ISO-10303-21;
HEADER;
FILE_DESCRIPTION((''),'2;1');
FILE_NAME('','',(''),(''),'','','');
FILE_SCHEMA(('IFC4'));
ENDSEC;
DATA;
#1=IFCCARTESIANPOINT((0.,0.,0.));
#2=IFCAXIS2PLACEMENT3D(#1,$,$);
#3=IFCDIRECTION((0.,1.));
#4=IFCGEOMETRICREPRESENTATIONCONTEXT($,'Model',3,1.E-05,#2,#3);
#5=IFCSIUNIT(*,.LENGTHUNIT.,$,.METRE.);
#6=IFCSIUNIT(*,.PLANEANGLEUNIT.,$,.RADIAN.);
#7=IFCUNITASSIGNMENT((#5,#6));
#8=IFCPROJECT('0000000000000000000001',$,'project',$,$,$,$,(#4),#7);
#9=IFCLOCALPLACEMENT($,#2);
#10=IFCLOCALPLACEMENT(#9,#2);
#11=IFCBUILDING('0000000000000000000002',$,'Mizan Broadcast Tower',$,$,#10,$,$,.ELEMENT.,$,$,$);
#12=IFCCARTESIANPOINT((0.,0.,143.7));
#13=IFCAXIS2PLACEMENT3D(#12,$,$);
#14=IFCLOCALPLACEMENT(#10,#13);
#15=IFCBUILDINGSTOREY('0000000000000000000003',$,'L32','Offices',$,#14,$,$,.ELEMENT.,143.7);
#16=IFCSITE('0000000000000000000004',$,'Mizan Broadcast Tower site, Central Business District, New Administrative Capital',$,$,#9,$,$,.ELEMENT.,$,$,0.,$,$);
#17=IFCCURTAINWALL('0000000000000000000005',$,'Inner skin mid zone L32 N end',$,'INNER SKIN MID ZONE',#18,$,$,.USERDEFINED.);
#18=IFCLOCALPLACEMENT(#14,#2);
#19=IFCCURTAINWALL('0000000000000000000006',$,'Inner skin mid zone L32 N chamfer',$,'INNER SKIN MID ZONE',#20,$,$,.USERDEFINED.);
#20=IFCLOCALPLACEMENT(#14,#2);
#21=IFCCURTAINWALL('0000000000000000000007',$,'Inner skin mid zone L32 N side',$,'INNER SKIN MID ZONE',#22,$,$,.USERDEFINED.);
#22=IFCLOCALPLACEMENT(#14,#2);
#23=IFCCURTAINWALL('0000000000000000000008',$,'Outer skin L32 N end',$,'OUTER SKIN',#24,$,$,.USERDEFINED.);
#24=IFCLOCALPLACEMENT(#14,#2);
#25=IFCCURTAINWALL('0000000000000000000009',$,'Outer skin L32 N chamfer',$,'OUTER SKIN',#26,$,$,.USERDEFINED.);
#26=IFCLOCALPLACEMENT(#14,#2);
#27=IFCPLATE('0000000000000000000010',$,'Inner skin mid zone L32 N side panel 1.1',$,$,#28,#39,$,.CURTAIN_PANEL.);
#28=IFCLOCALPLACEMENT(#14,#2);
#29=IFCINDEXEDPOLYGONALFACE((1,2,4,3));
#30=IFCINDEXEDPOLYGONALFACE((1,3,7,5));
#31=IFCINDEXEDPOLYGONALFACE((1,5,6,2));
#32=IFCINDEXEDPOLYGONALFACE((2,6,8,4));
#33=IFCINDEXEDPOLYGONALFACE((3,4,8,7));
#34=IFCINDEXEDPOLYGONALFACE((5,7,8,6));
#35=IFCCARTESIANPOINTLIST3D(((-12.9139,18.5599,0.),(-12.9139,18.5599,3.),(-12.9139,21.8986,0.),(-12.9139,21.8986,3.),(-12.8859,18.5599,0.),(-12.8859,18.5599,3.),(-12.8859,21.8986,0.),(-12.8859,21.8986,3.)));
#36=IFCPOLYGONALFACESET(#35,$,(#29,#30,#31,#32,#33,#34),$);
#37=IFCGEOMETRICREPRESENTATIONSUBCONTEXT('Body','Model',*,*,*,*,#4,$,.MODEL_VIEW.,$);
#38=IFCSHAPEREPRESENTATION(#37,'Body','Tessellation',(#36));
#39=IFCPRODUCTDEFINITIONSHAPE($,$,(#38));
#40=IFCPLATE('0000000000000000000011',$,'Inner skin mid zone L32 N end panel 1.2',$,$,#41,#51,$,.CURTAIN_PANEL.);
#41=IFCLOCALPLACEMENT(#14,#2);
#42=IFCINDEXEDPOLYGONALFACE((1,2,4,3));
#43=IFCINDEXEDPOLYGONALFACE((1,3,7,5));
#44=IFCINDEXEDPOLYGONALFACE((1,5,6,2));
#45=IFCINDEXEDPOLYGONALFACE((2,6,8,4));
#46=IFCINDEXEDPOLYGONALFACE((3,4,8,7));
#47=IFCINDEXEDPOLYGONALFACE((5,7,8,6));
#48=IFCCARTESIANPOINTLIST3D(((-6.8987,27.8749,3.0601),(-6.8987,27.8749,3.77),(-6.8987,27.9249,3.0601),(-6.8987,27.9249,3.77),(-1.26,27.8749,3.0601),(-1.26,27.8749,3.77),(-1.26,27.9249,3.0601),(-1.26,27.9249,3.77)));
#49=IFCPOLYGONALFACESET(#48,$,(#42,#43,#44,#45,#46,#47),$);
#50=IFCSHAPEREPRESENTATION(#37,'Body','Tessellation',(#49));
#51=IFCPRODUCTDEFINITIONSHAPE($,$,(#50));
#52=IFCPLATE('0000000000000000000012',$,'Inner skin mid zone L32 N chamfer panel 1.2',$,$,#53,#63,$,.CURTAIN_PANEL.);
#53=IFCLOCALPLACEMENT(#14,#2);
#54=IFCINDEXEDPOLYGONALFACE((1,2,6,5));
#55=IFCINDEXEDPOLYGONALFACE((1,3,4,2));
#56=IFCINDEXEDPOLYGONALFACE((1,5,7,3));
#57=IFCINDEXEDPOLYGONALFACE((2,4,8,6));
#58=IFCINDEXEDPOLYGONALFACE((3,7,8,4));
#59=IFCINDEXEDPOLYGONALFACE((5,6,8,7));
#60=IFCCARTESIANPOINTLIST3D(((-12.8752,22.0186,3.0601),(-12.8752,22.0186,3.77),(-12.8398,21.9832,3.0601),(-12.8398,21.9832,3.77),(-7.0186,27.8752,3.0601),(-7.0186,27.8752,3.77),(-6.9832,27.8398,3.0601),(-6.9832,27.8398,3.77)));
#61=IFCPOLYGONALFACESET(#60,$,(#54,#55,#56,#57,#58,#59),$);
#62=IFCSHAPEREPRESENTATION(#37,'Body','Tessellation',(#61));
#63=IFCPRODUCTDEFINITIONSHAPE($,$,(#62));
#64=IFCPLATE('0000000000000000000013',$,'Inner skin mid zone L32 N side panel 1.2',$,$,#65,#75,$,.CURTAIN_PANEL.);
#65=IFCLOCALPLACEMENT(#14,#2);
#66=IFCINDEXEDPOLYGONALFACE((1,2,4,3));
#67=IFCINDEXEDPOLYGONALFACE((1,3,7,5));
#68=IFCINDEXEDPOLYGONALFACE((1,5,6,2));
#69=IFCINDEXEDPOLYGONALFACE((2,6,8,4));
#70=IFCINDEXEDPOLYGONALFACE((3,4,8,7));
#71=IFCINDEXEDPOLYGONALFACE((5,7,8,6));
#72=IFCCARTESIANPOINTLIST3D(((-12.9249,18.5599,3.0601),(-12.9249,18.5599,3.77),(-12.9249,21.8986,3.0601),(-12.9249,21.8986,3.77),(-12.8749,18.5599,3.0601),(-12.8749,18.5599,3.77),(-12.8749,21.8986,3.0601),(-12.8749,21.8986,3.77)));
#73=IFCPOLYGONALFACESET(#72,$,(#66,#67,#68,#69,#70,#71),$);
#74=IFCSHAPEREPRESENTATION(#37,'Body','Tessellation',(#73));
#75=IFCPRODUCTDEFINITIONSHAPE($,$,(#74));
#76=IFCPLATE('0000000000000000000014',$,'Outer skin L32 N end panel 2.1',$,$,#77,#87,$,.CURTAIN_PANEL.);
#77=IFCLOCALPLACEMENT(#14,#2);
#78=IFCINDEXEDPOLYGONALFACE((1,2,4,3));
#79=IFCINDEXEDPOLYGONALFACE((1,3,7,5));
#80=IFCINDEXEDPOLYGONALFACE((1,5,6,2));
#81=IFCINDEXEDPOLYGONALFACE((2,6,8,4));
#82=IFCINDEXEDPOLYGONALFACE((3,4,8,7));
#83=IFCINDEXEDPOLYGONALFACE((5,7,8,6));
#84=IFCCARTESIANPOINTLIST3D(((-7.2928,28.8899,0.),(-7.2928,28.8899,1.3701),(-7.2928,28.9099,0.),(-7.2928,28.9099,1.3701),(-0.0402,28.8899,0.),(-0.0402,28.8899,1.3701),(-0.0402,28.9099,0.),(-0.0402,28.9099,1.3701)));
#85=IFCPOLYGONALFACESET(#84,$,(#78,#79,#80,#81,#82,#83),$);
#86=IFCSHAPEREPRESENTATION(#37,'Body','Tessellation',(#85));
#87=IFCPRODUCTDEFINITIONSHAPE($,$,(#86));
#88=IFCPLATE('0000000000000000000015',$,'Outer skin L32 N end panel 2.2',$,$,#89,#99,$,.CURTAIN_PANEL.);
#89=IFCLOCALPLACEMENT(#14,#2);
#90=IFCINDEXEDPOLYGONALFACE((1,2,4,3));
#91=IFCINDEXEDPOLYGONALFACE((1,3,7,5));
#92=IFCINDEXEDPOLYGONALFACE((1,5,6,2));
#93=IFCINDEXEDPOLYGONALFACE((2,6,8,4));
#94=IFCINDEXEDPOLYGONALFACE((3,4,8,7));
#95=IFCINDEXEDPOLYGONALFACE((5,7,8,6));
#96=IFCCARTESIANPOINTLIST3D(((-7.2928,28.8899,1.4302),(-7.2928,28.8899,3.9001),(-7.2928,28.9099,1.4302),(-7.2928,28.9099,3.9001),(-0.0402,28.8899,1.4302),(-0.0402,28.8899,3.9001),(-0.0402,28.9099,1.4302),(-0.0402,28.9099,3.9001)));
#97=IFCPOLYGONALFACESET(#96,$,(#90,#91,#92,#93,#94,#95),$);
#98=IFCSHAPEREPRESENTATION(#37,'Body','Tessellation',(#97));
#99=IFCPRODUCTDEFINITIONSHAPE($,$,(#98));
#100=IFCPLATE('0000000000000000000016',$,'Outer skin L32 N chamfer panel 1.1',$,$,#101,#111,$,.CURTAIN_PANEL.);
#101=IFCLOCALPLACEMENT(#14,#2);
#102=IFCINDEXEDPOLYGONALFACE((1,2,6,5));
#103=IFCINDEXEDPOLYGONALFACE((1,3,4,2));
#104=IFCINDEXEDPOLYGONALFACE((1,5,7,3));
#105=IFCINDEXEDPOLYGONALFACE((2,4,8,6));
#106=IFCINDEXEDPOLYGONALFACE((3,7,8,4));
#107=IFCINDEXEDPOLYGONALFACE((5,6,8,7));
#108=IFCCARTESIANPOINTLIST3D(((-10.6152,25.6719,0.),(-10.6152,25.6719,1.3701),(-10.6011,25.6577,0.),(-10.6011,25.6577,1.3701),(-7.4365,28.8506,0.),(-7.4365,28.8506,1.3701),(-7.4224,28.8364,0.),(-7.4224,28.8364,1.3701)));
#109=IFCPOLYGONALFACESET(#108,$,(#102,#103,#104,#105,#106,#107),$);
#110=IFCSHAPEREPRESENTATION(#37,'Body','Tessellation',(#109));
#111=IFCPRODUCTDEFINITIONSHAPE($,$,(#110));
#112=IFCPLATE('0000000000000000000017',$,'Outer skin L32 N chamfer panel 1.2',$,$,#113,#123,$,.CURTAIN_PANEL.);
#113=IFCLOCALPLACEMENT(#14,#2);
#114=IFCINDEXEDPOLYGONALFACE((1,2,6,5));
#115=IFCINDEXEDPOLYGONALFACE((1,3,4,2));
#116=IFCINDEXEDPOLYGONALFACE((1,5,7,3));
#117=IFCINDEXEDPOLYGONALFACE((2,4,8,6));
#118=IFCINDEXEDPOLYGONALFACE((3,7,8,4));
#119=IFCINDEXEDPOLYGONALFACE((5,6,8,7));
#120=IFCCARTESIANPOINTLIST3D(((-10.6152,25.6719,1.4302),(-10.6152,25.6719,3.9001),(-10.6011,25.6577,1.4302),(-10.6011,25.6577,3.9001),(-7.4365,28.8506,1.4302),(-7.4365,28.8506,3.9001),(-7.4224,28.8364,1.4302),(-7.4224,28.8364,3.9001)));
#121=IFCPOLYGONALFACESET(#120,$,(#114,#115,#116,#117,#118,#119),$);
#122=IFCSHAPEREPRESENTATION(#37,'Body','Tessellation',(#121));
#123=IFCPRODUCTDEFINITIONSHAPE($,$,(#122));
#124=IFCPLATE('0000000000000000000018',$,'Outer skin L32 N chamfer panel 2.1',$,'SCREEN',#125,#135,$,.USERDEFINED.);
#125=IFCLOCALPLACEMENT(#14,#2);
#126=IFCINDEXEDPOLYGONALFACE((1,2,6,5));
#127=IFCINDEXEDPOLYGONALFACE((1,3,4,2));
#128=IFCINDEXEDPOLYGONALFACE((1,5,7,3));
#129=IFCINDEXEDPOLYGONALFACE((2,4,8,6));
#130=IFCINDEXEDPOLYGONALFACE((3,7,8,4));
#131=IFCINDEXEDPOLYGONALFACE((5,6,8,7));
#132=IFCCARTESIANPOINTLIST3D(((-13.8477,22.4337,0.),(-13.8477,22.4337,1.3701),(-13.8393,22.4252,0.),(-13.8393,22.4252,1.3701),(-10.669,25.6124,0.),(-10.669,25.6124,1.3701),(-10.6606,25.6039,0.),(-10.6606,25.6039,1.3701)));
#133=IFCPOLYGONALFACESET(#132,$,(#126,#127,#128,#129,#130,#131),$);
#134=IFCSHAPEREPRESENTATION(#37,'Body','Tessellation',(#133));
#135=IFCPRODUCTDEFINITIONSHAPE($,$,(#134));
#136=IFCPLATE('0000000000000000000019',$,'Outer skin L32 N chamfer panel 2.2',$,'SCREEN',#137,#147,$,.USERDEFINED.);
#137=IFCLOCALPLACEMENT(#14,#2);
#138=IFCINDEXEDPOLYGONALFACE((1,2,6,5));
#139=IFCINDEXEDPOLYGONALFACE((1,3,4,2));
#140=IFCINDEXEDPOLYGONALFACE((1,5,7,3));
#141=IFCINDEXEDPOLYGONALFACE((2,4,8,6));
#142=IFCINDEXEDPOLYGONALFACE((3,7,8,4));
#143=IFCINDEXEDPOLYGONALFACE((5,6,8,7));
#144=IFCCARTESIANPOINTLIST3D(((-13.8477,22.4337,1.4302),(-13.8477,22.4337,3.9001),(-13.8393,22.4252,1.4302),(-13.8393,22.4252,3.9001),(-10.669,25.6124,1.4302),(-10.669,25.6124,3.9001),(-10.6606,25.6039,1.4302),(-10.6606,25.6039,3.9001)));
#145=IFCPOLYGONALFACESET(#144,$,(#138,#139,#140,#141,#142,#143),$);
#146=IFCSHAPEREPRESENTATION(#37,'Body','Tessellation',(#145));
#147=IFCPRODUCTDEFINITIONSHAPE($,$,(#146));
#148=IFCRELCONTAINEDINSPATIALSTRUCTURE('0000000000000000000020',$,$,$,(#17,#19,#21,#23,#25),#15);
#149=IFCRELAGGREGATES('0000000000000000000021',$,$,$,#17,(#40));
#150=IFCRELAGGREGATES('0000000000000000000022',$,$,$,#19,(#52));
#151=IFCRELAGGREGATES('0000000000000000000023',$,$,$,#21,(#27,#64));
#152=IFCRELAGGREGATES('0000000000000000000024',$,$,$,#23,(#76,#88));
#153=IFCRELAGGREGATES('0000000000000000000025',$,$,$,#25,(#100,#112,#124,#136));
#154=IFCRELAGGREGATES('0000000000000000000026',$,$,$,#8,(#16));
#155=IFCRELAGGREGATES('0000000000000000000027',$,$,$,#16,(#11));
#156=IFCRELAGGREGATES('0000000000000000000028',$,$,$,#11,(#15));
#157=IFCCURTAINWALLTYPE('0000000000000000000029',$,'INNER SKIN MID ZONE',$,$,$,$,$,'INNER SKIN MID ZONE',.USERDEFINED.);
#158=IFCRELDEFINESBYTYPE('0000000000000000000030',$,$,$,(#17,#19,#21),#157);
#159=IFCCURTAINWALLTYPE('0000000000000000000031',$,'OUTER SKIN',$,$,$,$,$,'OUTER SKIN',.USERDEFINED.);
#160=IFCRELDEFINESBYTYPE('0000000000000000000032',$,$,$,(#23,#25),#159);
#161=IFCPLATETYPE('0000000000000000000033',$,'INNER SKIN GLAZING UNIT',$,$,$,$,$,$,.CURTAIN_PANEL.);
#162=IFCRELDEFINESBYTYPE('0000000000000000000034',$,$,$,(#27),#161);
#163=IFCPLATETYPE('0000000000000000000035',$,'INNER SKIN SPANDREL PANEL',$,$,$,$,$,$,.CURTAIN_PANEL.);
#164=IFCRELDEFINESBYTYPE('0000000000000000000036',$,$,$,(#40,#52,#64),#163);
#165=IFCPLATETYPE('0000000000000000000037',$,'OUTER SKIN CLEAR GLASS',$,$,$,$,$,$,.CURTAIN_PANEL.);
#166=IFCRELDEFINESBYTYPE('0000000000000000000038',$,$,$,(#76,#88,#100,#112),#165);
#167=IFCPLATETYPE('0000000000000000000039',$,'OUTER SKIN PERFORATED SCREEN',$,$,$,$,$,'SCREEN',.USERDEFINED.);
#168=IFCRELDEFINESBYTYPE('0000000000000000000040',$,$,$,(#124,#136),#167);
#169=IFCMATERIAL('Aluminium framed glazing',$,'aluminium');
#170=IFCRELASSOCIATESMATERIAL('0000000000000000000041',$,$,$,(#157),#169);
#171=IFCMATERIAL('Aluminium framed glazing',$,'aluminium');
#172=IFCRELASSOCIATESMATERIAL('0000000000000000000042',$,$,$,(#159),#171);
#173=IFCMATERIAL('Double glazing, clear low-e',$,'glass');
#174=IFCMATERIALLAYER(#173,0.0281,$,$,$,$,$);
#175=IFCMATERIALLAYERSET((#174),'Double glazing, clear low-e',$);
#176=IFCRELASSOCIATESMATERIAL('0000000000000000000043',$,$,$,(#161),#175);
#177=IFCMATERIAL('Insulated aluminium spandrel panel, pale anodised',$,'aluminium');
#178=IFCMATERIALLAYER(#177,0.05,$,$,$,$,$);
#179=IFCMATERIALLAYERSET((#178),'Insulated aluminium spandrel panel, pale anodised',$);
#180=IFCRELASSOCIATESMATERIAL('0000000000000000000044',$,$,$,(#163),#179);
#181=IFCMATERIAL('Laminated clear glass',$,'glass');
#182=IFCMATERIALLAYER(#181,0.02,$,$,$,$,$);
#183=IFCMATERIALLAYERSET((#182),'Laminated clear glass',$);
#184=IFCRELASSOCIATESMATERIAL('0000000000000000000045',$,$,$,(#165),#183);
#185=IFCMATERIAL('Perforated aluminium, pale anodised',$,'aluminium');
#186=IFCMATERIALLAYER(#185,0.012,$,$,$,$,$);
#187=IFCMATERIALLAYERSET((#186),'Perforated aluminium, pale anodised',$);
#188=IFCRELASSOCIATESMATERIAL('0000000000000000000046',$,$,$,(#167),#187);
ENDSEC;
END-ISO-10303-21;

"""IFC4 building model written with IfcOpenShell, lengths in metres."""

from ifc_helpers import new_model, si_unit, direction, frame, origin, origin_2d, place, context, subcontext, project, spatial, rectangle, extrude, material, layer, layer_set, type_object, element, aggregate, save


model = new_model("IFC4")

# Units and contexts
model_context = context("Model", 3, precision=1e-05, world=origin(), true_north=direction((0.0, 1.0)))
body_context = subcontext(model_context, "Body", "Model", "MODEL_VIEW")
ifc_project = project(units=[si_unit("LENGTHUNIT", "METRE"), si_unit("PLANEANGLEUNIT", "RADIAN")], contexts=[model_context])

# Site, building, storey
site_placement = place(None, origin())
site = spatial("IfcSite", under=ifc_project, at=site_placement, Name="Mizan Broadcast Tower site, Central Business District, New Administrative Capital", CompositionType="ELEMENT", RefElevation=0.0)
building_placement = place(site_placement, origin())
building = spatial("IfcBuilding", under=site, at=building_placement, Name="Mizan Broadcast Tower", CompositionType="ELEMENT")
storey_placement = place(building_placement, frame((0.0, 0.0, 143.7)))
storey = spatial("IfcBuildingStorey", under=building, at=storey_placement, Name="L32", Description="Offices", CompositionType="ELEMENT", Elevation=143.7)

# Curtain wall
ifc_material_1 = material(Name="Aluminium framed glazing", Category="aluminium")
curtain_wall_type_1 = type_object("IfcCurtainWallType", Name="INNER SKIN MID ZONE", ElementType="INNER SKIN MID ZONE", PredefinedType="USERDEFINED", material=ifc_material_1)
curtain_wall_1_placement = place(storey_placement, origin())
curtain_wall_1 = element("IfcCurtainWall", 1, at=curtain_wall_1_placement, inside=storey, type_object=curtain_wall_type_1, Name="Inner skin mid zone L32 N end", ObjectType="INNER SKIN MID ZONE", PredefinedType="USERDEFINED")

# Curtain wall
curtain_wall_2_placement = place(storey_placement, origin())
curtain_wall_2 = element("IfcCurtainWall", 2, at=curtain_wall_2_placement, inside=storey, type_object=curtain_wall_type_1, Name="Inner skin mid zone L32 N chamfer", ObjectType="INNER SKIN MID ZONE", PredefinedType="USERDEFINED")

# Curtain walls
curtain_wall_3_placement = place(storey_placement, origin())
curtain_wall_3 = element("IfcCurtainWall", 3, at=curtain_wall_3_placement, inside=storey, type_object=curtain_wall_type_1, Name="Inner skin mid zone L32 N side", ObjectType="INNER SKIN MID ZONE", PredefinedType="USERDEFINED")
ifc_material_2 = material(Name="Aluminium framed glazing", Category="aluminium")
curtain_wall_type_2 = type_object("IfcCurtainWallType", Name="OUTER SKIN", ElementType="OUTER SKIN", PredefinedType="USERDEFINED", material=ifc_material_2)
curtain_wall_4_placement = place(storey_placement, origin())
curtain_wall_4 = element("IfcCurtainWall", 4, at=curtain_wall_4_placement, inside=storey, type_object=curtain_wall_type_2, Name="Outer skin L32 N end", ObjectType="OUTER SKIN", PredefinedType="USERDEFINED")

# Curtain wall
curtain_wall_5_placement = place(storey_placement, origin())
curtain_wall_5 = element("IfcCurtainWall", 5, at=curtain_wall_5_placement, inside=storey, type_object=curtain_wall_type_2, Name="Outer skin L32 N chamfer", ObjectType="OUTER SKIN", PredefinedType="USERDEFINED")

# Plates
ifc_material_3 = material(Name="Double glazing, clear low-e", Category="glass")
ifc_layer_1 = layer(ifc_material_3, 0.0281)
ifc_layer_set_1 = layer_set([ifc_layer_1], Name="Double glazing, clear low-e")
plate_type_1 = type_object("IfcPlateType", Name="INNER SKIN GLAZING UNIT", PredefinedType="CURTAIN_PANEL", material=ifc_layer_set_1)
plate_1_placement = place(storey_placement, frame((-12.8999, 20.2292, 0.0), z_axis=(0.0, 0.0, 1.0), x_axis=(0.0, -1.0, 0.0)))
plate_1 = element("IfcPlate", 6, at=plate_1_placement, type_object=plate_type_1, Name="Inner skin mid zone L32 N side panel 1.1", PredefinedType="CURTAIN_PANEL", context=body_context, shape_type="SweptSolid", body=[
    extrude(rectangle(XDim=3.3386, YDim=0.0281, at=origin_2d()), origin(), (0.0, 0.0, 1.0), 3.0),
])
ifc_material_4 = material(Name="Insulated aluminium spandrel panel, pale anodised", Category="aluminium")
ifc_layer_2 = layer(ifc_material_4, 0.05)
ifc_layer_set_2 = layer_set([ifc_layer_2], Name="Insulated aluminium spandrel panel, pale anodised")
plate_type_2 = type_object("IfcPlateType", Name="INNER SKIN SPANDREL PANEL", PredefinedType="CURTAIN_PANEL", material=ifc_layer_set_2)
plate_2_placement = place(storey_placement, frame((-4.0793, 27.8999, 3.0601), z_axis=(0.0, 0.0, 1.0), x_axis=(-1.0, 0.0, 0.0)))
plate_2 = element("IfcPlate", 7, at=plate_2_placement, type_object=plate_type_2, Name="Inner skin mid zone L32 N end panel 1.2", PredefinedType="CURTAIN_PANEL", context=body_context, shape_type="SweptSolid", body=[
    extrude(rectangle(XDim=5.6387, YDim=0.05, at=origin_2d()), origin(), (0.0, 0.0, 1.0), 0.71),
])
aggregate(curtain_wall_1, [plate_2])
plate_3_placement = place(storey_placement, frame((-9.9292, 24.9292, 3.0601), z_axis=(0.0, 0.0, 1.0), x_axis=(-0.707107, -0.707107, 0.0)))
plate_3 = element("IfcPlate", 8, at=plate_3_placement, type_object=plate_type_2, Name="Inner skin mid zone L32 N chamfer panel 1.2", PredefinedType="CURTAIN_PANEL", context=body_context, shape_type="SweptSolid", body=[
    extrude(rectangle(XDim=8.2825, YDim=0.05, at=origin_2d()), origin(), (0.0, 0.0, 1.0), 0.71),
])
aggregate(curtain_wall_2, [plate_3])
plate_4_placement = place(storey_placement, frame((-12.8999, 20.2292, 3.0601), z_axis=(0.0, 0.0, 1.0), x_axis=(0.0, -1.0, 0.0)))
plate_4 = element("IfcPlate", 9, at=plate_4_placement, type_object=plate_type_2, Name="Inner skin mid zone L32 N side panel 1.2", PredefinedType="CURTAIN_PANEL", context=body_context, shape_type="SweptSolid", body=[
    extrude(rectangle(XDim=3.3386, YDim=0.05, at=origin_2d()), origin(), (0.0, 0.0, 1.0), 0.71),
])
aggregate(curtain_wall_3, [plate_1, plate_4])
ifc_material_5 = material(Name="Laminated clear glass", Category="glass")
ifc_layer_3 = layer(ifc_material_5, 0.02)
ifc_layer_set_3 = layer_set([ifc_layer_3], Name="Laminated clear glass")
plate_type_3 = type_object("IfcPlateType", Name="OUTER SKIN CLEAR GLASS", PredefinedType="CURTAIN_PANEL", material=ifc_layer_set_3)
plate_5_placement = place(storey_placement, frame((-3.6665, 28.8999, 0.0), z_axis=(0.0, 0.0, 1.0), x_axis=(-1.0, 0.0, 0.0)))
plate_5 = element("IfcPlate", 10, at=plate_5_placement, type_object=plate_type_3, Name="Outer skin L32 N end panel 2.1", PredefinedType="CURTAIN_PANEL", context=body_context, shape_type="SweptSolid", body=[
    extrude(rectangle(XDim=7.2527, YDim=0.02, at=origin_2d()), origin(), (0.0, 0.0, 1.0), 1.3701),
])
plate_6_placement = place(storey_placement, frame((-3.6665, 28.8999, 1.4302), z_axis=(0.0, 0.0, 1.0), x_axis=(-1.0, 0.0, 0.0)))
plate_6 = element("IfcPlate", 11, at=plate_6_placement, type_object=plate_type_3, Name="Outer skin L32 N end panel 2.2", PredefinedType="CURTAIN_PANEL", context=body_context, shape_type="SweptSolid", body=[
    extrude(rectangle(XDim=7.2527, YDim=0.02, at=origin_2d()), origin(), (0.0, 0.0, 1.0), 2.47),
])
aggregate(curtain_wall_4, [plate_5, plate_6])
plate_7_placement = place(storey_placement, frame((-9.0188, 27.2542, 0.0), z_axis=(0.0, 0.0, 1.0), x_axis=(-0.707107, -0.707107, 0.0)))
plate_7 = element("IfcPlate", 12, at=plate_7_placement, type_object=plate_type_3, Name="Outer skin L32 N chamfer panel 1.1", PredefinedType="CURTAIN_PANEL", context=body_context, shape_type="SweptSolid", body=[
    extrude(rectangle(XDim=4.4954, YDim=0.02, at=origin_2d()), origin(), (0.0, 0.0, 1.0), 1.3701),
])
plate_8_placement = place(storey_placement, frame((-9.0188, 27.2542, 1.4302), z_axis=(0.0, 0.0, 1.0), x_axis=(-0.707107, -0.707107, 0.0)))
plate_8 = element("IfcPlate", 13, at=plate_8_placement, type_object=plate_type_3, Name="Outer skin L32 N chamfer panel 1.2", PredefinedType="CURTAIN_PANEL", context=body_context, shape_type="SweptSolid", body=[
    extrude(rectangle(XDim=4.4954, YDim=0.02, at=origin_2d()), origin(), (0.0, 0.0, 1.0), 2.47),
])
ifc_material_6 = material(Name="Perforated aluminium, pale anodised", Category="aluminium")
ifc_layer_4 = layer(ifc_material_6, 0.012)
ifc_layer_set_4 = layer_set([ifc_layer_4], Name="Perforated aluminium, pale anodised")
plate_type_4 = type_object("IfcPlateType", Name="OUTER SKIN PERFORATED SCREEN", ElementType="SCREEN", PredefinedType="USERDEFINED", material=ifc_layer_set_4)
plate_9_placement = place(storey_placement, frame((-12.2542, 24.0188, 0.0), z_axis=(0.0, 0.0, 1.0), x_axis=(-0.707107, -0.707107, 0.0)))
plate_9 = element("IfcPlate", 14, at=plate_9_placement, type_object=plate_type_4, Name="Outer skin L32 N chamfer panel 2.1", ObjectType="SCREEN", PredefinedType="USERDEFINED", context=body_context, shape_type="SweptSolid", body=[
    extrude(rectangle(XDim=4.4954, YDim=0.012, at=origin_2d()), origin(), (0.0, 0.0, 1.0), 1.3701),
])
plate_10_placement = place(storey_placement, frame((-12.2542, 24.0188, 1.4302), z_axis=(0.0, 0.0, 1.0), x_axis=(-0.707107, -0.707107, 0.0)))
plate_10 = element("IfcPlate", 15, at=plate_10_placement, type_object=plate_type_4, Name="Outer skin L32 N chamfer panel 2.2", ObjectType="SCREEN", PredefinedType="USERDEFINED", context=body_context, shape_type="SweptSolid", body=[
    extrude(rectangle(XDim=4.4954, YDim=0.012, at=origin_2d()), origin(), (0.0, 0.0, 1.0), 2.47),
])
aggregate(curtain_wall_5, [plate_7, plate_8, plate_9, plate_10])

save(model, "model.ifc")
